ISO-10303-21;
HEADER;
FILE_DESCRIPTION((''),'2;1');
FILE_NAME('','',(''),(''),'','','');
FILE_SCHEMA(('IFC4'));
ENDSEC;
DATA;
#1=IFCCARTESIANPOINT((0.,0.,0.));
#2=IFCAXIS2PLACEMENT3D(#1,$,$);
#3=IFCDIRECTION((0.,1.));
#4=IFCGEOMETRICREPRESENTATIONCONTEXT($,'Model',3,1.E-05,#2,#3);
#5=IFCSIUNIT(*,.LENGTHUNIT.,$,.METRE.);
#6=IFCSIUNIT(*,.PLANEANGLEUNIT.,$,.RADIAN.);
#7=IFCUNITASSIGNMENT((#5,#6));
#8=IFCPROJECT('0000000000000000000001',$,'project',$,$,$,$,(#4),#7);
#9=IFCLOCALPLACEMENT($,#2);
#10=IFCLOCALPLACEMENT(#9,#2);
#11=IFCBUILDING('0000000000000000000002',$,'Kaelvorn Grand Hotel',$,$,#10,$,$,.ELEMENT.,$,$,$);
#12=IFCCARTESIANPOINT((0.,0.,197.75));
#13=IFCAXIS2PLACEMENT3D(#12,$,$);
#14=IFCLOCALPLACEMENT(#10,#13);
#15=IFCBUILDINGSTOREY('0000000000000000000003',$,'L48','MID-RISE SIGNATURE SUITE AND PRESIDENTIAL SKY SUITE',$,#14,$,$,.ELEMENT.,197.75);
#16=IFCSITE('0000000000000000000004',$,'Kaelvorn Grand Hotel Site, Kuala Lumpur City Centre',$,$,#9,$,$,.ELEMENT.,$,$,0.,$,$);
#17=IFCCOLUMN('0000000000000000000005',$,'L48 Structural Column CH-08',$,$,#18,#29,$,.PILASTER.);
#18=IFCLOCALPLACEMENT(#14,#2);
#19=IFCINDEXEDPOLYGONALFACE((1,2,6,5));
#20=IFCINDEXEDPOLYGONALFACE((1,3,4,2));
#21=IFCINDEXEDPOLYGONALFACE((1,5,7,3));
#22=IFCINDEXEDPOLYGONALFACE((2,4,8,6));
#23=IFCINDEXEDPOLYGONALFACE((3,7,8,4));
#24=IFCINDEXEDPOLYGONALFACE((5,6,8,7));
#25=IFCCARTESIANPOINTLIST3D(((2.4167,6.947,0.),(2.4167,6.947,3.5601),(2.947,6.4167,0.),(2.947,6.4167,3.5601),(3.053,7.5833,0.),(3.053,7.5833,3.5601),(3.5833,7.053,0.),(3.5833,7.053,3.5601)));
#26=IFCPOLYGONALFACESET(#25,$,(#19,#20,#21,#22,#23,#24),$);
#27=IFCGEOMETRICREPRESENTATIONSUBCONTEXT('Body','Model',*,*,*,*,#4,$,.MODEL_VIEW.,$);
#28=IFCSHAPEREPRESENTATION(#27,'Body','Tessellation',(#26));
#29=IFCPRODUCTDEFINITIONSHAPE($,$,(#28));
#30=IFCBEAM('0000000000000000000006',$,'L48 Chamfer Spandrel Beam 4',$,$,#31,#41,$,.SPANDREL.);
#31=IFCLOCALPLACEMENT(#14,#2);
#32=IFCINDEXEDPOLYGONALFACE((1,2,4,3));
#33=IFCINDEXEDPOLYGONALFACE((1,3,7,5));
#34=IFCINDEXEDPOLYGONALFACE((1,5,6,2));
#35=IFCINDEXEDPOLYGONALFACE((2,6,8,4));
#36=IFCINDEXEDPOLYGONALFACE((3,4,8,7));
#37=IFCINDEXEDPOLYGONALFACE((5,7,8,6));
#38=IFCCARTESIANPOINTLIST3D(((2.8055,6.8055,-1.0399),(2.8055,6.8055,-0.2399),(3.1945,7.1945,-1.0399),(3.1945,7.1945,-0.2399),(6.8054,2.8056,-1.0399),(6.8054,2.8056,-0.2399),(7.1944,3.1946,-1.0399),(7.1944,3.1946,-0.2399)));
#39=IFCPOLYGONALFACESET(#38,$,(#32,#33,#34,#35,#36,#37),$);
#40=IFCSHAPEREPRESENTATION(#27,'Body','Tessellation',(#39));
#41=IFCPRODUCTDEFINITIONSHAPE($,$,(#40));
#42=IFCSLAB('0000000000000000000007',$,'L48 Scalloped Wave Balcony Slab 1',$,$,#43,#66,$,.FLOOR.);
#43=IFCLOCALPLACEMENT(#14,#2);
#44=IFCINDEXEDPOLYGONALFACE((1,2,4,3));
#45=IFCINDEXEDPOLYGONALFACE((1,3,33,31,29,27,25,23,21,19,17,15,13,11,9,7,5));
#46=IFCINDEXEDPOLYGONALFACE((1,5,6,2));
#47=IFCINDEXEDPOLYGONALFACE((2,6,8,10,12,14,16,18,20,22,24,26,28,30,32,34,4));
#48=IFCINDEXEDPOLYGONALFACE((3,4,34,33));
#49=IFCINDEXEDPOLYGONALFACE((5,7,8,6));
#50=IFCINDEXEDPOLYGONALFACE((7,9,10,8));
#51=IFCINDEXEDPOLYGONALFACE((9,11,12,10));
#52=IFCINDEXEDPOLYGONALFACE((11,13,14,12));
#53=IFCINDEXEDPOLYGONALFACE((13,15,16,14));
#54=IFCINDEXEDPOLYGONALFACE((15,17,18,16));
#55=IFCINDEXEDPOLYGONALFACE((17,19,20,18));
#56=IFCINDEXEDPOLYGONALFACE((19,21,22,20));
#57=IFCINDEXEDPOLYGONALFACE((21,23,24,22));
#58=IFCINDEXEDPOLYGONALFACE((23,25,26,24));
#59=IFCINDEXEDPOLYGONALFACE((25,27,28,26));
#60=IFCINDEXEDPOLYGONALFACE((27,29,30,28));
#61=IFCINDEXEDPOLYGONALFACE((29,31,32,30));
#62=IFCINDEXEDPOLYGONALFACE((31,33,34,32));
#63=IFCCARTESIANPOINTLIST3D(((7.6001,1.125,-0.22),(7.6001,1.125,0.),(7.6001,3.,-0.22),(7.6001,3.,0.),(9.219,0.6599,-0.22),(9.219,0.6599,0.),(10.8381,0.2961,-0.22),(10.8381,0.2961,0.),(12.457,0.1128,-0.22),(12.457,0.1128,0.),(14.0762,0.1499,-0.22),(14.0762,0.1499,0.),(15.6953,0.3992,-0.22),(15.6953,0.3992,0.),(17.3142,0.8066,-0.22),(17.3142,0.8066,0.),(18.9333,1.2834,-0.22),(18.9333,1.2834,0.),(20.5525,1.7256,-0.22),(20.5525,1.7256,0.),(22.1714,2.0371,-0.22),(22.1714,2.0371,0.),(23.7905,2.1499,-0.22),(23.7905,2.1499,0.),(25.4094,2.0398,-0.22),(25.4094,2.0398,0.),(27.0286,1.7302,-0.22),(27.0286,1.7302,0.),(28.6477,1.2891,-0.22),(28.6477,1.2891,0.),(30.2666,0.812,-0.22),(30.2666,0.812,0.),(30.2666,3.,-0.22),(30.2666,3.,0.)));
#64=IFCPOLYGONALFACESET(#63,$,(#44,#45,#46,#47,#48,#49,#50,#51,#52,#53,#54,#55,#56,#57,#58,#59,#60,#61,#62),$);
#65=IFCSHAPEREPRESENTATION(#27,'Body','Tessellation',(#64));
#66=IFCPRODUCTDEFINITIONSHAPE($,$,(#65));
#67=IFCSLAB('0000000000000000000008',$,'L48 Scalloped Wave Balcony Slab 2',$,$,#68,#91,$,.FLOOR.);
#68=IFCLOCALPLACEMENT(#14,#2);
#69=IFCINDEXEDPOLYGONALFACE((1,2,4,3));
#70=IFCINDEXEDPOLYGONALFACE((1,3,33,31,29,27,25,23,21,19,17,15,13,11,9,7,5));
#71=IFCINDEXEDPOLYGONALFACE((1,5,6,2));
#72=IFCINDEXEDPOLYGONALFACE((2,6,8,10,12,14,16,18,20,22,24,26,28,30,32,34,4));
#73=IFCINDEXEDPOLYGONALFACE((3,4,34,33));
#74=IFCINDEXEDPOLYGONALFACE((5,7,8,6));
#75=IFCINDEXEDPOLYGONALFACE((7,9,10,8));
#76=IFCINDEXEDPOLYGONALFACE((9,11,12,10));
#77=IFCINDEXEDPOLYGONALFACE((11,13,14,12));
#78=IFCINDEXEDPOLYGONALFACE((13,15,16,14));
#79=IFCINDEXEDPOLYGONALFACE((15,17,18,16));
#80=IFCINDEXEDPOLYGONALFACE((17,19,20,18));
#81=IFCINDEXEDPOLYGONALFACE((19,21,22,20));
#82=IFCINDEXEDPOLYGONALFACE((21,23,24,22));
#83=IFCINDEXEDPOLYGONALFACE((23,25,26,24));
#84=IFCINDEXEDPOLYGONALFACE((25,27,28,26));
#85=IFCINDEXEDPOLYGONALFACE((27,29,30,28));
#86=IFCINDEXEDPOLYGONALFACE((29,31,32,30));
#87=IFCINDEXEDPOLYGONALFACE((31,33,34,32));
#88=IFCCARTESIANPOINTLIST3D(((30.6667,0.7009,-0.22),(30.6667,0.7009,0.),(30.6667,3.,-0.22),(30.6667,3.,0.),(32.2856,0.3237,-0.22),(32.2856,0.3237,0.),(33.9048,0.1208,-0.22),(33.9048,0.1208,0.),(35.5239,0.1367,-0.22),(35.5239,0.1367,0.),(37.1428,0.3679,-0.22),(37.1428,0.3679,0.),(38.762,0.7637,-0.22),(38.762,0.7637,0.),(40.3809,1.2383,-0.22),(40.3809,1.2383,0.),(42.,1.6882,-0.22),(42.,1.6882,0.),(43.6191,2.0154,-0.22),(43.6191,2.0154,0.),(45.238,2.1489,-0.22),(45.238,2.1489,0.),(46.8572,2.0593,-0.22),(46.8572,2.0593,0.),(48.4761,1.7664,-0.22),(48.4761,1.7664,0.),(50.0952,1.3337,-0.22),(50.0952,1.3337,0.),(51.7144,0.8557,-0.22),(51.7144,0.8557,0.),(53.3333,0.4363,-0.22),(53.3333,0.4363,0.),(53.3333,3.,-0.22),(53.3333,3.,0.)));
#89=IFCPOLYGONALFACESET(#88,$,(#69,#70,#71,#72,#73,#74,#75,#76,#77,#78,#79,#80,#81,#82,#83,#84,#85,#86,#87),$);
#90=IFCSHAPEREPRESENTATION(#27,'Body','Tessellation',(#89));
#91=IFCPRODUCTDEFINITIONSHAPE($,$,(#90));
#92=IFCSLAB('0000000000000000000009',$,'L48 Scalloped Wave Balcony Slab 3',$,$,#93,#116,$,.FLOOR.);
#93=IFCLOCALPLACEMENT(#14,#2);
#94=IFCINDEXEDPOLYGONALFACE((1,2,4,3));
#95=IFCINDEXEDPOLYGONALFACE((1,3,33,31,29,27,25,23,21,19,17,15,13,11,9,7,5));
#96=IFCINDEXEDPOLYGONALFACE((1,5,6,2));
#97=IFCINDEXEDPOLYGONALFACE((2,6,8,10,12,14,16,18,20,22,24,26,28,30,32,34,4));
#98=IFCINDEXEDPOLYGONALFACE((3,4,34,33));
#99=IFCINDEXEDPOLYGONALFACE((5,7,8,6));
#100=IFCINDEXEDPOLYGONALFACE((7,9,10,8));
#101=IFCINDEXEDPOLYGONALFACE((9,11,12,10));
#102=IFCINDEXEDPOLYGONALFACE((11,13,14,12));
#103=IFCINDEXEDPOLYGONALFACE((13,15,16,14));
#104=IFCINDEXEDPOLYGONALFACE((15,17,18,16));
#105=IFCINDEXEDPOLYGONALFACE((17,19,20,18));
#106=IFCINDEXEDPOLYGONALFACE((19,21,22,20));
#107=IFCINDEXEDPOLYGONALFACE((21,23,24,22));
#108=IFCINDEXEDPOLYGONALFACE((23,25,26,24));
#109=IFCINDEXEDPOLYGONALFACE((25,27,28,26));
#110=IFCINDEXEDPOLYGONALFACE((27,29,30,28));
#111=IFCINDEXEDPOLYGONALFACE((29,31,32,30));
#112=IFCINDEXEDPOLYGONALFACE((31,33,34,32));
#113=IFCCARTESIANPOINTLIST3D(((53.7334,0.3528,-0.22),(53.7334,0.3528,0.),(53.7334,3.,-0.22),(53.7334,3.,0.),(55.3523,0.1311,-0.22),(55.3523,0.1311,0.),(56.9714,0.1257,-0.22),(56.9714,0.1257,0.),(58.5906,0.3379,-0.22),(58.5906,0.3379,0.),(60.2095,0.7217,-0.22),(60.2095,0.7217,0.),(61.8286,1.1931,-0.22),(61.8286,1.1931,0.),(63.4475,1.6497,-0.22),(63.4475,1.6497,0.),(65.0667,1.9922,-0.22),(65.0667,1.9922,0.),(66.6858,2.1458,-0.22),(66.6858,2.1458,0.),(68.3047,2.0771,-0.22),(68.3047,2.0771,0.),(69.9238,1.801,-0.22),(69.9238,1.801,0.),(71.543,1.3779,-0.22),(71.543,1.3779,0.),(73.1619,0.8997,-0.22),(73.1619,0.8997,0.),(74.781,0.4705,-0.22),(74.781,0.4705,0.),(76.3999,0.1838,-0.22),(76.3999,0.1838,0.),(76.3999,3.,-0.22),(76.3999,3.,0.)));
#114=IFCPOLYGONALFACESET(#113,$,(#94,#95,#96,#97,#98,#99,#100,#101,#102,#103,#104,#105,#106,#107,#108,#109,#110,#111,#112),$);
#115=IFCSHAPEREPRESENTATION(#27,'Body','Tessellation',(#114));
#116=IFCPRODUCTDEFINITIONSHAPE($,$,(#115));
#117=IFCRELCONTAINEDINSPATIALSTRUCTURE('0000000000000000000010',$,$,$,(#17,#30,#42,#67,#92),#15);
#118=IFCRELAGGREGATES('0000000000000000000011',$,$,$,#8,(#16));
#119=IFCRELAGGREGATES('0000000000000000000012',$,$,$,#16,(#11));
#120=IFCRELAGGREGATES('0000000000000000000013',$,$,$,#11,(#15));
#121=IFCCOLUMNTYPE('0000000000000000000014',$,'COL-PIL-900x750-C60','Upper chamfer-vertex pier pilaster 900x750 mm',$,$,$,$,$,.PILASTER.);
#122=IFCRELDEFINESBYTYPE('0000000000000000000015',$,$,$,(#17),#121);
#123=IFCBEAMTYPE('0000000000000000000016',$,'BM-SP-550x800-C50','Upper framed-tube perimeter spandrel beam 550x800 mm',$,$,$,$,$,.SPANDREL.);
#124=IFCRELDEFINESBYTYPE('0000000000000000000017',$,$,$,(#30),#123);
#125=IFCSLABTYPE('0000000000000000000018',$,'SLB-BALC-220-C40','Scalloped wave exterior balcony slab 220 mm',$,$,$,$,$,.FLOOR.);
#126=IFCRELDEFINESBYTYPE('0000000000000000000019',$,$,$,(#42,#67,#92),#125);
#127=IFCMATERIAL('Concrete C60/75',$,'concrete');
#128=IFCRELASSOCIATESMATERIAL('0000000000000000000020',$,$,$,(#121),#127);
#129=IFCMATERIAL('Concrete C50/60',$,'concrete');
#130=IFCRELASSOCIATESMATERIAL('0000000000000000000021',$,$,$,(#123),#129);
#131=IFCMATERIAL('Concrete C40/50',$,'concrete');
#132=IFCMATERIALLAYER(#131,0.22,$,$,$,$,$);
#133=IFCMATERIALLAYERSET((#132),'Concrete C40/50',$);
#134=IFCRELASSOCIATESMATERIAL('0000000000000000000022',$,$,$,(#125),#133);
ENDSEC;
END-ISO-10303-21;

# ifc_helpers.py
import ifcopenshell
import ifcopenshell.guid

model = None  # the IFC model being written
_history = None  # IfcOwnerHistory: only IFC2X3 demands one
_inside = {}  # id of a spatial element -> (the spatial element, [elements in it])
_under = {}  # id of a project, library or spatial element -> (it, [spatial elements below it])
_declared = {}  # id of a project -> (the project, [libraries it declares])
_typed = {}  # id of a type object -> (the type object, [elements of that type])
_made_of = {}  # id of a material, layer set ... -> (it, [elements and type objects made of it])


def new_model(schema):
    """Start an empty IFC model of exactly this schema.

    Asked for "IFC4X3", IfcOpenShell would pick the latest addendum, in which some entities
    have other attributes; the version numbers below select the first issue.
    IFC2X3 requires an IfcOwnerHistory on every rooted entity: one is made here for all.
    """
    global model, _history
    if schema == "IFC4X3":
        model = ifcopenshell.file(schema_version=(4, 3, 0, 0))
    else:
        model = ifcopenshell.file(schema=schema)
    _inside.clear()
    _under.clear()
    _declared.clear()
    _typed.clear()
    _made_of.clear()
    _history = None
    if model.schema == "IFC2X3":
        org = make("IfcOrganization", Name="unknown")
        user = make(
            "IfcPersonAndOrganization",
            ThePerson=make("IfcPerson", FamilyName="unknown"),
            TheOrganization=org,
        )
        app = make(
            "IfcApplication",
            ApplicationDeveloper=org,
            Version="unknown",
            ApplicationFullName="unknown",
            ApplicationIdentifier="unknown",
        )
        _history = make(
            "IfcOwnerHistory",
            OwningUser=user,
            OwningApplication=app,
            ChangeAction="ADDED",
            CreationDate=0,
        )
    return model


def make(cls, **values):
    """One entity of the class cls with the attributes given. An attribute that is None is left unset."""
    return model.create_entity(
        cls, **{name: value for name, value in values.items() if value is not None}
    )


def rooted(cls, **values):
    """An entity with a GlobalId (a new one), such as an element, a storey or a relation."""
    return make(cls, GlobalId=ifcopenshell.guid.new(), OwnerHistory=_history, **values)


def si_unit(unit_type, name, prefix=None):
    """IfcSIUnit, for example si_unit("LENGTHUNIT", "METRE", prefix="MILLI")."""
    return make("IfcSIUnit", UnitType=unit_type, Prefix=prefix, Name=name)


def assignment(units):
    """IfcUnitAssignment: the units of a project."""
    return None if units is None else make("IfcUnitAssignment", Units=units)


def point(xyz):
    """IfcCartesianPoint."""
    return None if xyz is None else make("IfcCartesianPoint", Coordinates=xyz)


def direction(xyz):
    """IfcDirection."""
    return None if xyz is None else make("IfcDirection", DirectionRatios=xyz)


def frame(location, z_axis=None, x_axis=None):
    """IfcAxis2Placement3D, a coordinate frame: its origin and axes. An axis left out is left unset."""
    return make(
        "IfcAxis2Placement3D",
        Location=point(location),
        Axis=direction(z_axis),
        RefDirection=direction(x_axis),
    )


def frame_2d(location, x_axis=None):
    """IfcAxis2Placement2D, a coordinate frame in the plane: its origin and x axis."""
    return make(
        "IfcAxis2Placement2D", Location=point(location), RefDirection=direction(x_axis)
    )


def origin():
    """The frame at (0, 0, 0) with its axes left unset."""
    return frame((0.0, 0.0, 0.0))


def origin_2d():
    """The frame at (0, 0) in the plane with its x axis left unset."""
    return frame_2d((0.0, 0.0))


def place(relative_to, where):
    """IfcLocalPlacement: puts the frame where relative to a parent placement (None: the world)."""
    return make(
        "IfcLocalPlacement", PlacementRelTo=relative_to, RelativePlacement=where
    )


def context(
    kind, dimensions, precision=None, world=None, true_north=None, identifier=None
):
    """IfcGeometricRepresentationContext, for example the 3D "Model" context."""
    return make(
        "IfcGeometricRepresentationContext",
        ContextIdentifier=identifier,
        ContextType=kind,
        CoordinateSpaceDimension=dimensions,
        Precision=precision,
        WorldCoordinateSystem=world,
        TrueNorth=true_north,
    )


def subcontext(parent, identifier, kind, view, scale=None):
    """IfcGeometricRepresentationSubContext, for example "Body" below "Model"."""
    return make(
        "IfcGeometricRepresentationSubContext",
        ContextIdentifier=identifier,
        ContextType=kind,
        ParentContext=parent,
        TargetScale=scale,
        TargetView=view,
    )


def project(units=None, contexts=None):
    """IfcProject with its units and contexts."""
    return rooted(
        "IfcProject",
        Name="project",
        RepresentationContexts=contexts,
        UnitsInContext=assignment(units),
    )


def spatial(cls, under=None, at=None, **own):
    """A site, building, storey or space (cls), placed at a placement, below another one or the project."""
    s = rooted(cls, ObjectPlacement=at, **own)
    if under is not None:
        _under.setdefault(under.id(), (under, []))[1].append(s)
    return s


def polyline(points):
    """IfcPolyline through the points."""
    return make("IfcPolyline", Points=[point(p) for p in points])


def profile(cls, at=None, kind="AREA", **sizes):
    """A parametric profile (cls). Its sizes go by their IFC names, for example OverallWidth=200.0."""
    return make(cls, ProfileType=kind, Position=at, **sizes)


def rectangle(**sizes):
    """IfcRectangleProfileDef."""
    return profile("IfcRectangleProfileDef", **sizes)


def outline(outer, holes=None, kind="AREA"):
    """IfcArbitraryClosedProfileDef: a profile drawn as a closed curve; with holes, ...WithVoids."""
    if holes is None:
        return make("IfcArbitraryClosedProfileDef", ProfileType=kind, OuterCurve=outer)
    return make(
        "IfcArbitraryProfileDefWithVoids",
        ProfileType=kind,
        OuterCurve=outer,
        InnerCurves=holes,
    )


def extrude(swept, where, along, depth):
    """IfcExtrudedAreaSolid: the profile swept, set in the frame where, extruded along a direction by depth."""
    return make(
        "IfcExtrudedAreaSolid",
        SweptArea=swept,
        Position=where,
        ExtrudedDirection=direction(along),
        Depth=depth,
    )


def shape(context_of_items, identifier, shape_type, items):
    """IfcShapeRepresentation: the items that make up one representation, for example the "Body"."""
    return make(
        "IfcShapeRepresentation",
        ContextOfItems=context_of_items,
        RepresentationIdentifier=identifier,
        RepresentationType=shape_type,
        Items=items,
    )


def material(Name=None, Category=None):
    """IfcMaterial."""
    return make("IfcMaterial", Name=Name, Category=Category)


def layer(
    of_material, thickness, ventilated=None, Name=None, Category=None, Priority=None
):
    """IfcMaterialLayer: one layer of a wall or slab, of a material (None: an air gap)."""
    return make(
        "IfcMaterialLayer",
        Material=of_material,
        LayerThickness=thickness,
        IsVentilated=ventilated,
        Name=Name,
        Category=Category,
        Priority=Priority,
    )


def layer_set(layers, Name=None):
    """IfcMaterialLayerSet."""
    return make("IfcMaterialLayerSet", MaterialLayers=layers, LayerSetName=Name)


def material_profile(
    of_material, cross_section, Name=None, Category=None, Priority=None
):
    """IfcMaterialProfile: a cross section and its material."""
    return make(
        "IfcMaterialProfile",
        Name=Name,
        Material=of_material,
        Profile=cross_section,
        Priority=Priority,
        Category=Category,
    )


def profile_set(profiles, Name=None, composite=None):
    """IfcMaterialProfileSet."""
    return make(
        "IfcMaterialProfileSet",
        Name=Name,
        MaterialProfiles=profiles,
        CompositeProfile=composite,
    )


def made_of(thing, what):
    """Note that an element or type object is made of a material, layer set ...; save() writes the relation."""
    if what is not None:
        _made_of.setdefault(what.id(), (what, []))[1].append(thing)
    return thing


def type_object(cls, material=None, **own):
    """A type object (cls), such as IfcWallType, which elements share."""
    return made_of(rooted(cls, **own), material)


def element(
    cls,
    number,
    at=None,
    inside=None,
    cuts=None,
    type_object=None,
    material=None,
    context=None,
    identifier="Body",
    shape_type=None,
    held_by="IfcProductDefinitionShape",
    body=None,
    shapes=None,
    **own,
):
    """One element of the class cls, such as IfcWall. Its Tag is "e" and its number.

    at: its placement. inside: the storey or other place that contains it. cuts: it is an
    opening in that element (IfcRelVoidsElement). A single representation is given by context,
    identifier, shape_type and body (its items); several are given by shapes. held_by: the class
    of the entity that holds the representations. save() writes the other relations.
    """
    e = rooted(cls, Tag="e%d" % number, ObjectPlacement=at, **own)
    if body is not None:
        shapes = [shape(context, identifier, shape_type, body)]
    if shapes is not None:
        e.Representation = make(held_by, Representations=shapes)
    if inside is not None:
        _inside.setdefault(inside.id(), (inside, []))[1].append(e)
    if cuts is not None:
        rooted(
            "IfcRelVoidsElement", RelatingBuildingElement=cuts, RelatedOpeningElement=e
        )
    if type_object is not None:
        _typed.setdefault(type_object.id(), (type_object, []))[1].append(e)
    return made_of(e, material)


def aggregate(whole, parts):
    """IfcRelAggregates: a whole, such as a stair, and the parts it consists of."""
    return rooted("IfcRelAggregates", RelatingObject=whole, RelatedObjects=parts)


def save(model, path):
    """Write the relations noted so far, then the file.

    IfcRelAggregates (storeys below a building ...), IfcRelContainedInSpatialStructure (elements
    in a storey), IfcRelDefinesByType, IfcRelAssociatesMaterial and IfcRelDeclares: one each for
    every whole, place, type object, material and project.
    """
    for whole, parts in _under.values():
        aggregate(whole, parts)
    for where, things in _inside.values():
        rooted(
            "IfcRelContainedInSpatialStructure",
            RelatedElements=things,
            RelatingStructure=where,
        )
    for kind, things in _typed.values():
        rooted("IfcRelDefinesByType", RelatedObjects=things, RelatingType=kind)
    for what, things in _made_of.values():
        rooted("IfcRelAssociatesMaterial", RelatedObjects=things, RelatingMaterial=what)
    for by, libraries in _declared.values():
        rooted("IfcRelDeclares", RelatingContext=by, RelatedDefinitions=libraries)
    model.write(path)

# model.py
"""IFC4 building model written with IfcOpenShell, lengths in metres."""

from ifc_helpers import new_model, si_unit, direction, frame, origin, origin_2d, place, context, subcontext, project, spatial, polyline, rectangle, outline, extrude, material, layer, layer_set, material_profile, profile_set, type_object, element, save


model = new_model("IFC4")

# Units and contexts
model_context = context("Model", 3, precision=1e-05, world=origin(), true_north=direction((0.0, 1.0)))
body_context = subcontext(model_context, "Body", "Model", "MODEL_VIEW")
ifc_project = project(units=[si_unit("LENGTHUNIT", "METRE"), si_unit("PLANEANGLEUNIT", "RADIAN")], contexts=[model_context])

# Site, building, storey
site_placement = place(None, origin())
site = spatial("IfcSite", under=ifc_project, at=site_placement, Name="Kaelvorn Grand Hotel Site, Kuala Lumpur City Centre", CompositionType="ELEMENT", RefElevation=0.0)
building_placement = place(site_placement, origin())
building = spatial("IfcBuilding", under=site, at=building_placement, Name="Kaelvorn Grand Hotel", CompositionType="ELEMENT")
storey_placement = place(building_placement, frame((0.0, 0.0, 197.75)))
storey = spatial("IfcBuildingStorey", under=building, at=storey_placement, Name="L48", Description="MID-RISE SIGNATURE SUITE AND PRESIDENTIAL SKY SUITE", CompositionType="ELEMENT", Elevation=197.75)

# Column
ifc_material_1 = material(Name="Concrete C60/75", Category="concrete")
ifc_material_profile_1 = material_profile(ifc_material_1, rectangle(XDim=0.8999, YDim=0.75, at=origin_2d()), Name="RC PILASTER 900x750")
ifc_profile_set_1 = profile_set([ifc_material_profile_1], Name="Concrete C60/75")
column_type = type_object("IfcColumnType", Name="COL-PIL-900x750-C60", Description="Upper chamfer-vertex pier pilaster 900x750 mm", PredefinedType="PILASTER", material=ifc_profile_set_1)
column_placement = place(storey_placement, frame((3.0, 7.0, 0.0), z_axis=(0.0, 0.0, 1.0), x_axis=(0.707107, 0.707107, 0.0)))
element("IfcColumn", 1, at=column_placement, inside=storey, type_object=column_type, Name="L48 Structural Column CH-08", PredefinedType="PILASTER", context=body_context, shape_type="SweptSolid", body=[
    extrude(rectangle(XDim=0.8999, YDim=0.75, at=origin_2d()), origin(), (0.0, 0.0, 1.0), 3.5601),
])

# Beam
ifc_material_2 = material(Name="Concrete C50/60", Category="concrete")
ifc_material_profile_2 = material_profile(ifc_material_2, rectangle(XDim=0.55, YDim=0.8, at=origin_2d()), Name="RC SPANDREL 550x800")
ifc_profile_set_2 = profile_set([ifc_material_profile_2], Name="Concrete C50/60")
beam_type = type_object("IfcBeamType", Name="BM-SP-550x800-C50", Description="Upper framed-tube perimeter spandrel beam 550x800 mm", PredefinedType="SPANDREL", material=ifc_profile_set_2)
beam_placement = place(storey_placement, frame((3.0, 7.0, -0.6399), z_axis=(0.707107, -0.707107, 0.0), x_axis=(0.707107, 0.707107, 0.0)))
element("IfcBeam", 2, at=beam_placement, inside=storey, type_object=beam_type, Name="L48 Chamfer Spandrel Beam 4", PredefinedType="SPANDREL", context=body_context, shape_type="SweptSolid", body=[
    extrude(rectangle(XDim=0.55, YDim=0.8, at=origin_2d()), origin(), (0.0, 0.0, 1.0), 5.6567),
])

# Slabs
ifc_material_3 = material(Name="Concrete C40/50", Category="concrete")
ifc_layer_1 = layer(ifc_material_3, 0.22)
ifc_layer_set_1 = layer_set([ifc_layer_1], Name="Concrete C40/50")
slab_type_1 = type_object("IfcSlabType", Name="SLB-BALC-220-C40", Description="Scalloped wave exterior balcony slab 220 mm", PredefinedType="FLOOR", material=ifc_layer_set_1)
slab_1_placement = place(storey_placement, frame((0.0, 0.0, -0.22)))
element("IfcSlab", 3, at=slab_1_placement, inside=storey, type_object=slab_type_1, Name="L48 Scalloped Wave Balcony Slab 1", PredefinedType="FLOOR", context=body_context, shape_type="SweptSolid", body=[
    extrude(outline(polyline([(7.6001, 1.125), (9.219, 0.6599), (10.8381, 0.2961), (12.457, 0.1128), (14.0762, 0.1499), (15.6953, 0.3992), (17.3142, 0.8066), (18.9333, 1.2834), (20.5525, 1.7256), (22.1714, 2.0371), (23.7905, 2.1499), (25.4094, 2.0398), (27.0286, 1.7302), (28.6477, 1.2891), (30.2666, 0.812), (30.2666, 3.0), (7.6001, 3.0), (7.6001, 1.125)])), origin(), (0.0, 0.0, 1.0), 0.22),
])
slab_2_placement = place(storey_placement, frame((0.0, 0.0, -0.22)))
element("IfcSlab", 4, at=slab_2_placement, inside=storey, type_object=slab_type_1, Name="L48 Scalloped Wave Balcony Slab 2", PredefinedType="FLOOR", context=body_context, shape_type="SweptSolid", body=[
    extrude(outline(polyline([(30.6667, 0.7009), (32.2856, 0.3237), (33.9048, 0.1208), (35.5239, 0.1367), (37.1428, 0.3679), (38.762, 0.7637), (40.3809, 1.2383), (42.0, 1.6882), (43.6191, 2.0154), (45.238, 2.1489), (46.8572, 2.0593), (48.4761, 1.7664), (50.0952, 1.3337), (51.7144, 0.8557), (53.3333, 0.4363), (53.3333, 3.0), (30.6667, 3.0), (30.6667, 0.7009)])), origin(), (0.0, 0.0, 1.0), 0.22),
])
slab_3_placement = place(storey_placement, frame((0.0, 0.0, -0.22)))
element("IfcSlab", 5, at=slab_3_placement, inside=storey, type_object=slab_type_1, Name="L48 Scalloped Wave Balcony Slab 3", PredefinedType="FLOOR", context=body_context, shape_type="SweptSolid", body=[
    extrude(outline(polyline([(53.7334, 0.3528), (55.3523, 0.1311), (56.9714, 0.1257), (58.5906, 0.3379), (60.2095, 0.7217), (61.8286, 1.1931), (63.4475, 1.6497), (65.0667, 1.9922), (66.6858, 2.1458), (68.3047, 2.0771), (69.9238, 1.801), (71.543, 1.3779), (73.1619, 0.8997), (74.781, 0.4705), (76.3999, 0.1838), (76.3999, 3.0), (53.7334, 3.0), (53.7334, 0.3528)])), origin(), (0.0, 0.0, 1.0), 0.22),
])

save(model, "model.ifc")
